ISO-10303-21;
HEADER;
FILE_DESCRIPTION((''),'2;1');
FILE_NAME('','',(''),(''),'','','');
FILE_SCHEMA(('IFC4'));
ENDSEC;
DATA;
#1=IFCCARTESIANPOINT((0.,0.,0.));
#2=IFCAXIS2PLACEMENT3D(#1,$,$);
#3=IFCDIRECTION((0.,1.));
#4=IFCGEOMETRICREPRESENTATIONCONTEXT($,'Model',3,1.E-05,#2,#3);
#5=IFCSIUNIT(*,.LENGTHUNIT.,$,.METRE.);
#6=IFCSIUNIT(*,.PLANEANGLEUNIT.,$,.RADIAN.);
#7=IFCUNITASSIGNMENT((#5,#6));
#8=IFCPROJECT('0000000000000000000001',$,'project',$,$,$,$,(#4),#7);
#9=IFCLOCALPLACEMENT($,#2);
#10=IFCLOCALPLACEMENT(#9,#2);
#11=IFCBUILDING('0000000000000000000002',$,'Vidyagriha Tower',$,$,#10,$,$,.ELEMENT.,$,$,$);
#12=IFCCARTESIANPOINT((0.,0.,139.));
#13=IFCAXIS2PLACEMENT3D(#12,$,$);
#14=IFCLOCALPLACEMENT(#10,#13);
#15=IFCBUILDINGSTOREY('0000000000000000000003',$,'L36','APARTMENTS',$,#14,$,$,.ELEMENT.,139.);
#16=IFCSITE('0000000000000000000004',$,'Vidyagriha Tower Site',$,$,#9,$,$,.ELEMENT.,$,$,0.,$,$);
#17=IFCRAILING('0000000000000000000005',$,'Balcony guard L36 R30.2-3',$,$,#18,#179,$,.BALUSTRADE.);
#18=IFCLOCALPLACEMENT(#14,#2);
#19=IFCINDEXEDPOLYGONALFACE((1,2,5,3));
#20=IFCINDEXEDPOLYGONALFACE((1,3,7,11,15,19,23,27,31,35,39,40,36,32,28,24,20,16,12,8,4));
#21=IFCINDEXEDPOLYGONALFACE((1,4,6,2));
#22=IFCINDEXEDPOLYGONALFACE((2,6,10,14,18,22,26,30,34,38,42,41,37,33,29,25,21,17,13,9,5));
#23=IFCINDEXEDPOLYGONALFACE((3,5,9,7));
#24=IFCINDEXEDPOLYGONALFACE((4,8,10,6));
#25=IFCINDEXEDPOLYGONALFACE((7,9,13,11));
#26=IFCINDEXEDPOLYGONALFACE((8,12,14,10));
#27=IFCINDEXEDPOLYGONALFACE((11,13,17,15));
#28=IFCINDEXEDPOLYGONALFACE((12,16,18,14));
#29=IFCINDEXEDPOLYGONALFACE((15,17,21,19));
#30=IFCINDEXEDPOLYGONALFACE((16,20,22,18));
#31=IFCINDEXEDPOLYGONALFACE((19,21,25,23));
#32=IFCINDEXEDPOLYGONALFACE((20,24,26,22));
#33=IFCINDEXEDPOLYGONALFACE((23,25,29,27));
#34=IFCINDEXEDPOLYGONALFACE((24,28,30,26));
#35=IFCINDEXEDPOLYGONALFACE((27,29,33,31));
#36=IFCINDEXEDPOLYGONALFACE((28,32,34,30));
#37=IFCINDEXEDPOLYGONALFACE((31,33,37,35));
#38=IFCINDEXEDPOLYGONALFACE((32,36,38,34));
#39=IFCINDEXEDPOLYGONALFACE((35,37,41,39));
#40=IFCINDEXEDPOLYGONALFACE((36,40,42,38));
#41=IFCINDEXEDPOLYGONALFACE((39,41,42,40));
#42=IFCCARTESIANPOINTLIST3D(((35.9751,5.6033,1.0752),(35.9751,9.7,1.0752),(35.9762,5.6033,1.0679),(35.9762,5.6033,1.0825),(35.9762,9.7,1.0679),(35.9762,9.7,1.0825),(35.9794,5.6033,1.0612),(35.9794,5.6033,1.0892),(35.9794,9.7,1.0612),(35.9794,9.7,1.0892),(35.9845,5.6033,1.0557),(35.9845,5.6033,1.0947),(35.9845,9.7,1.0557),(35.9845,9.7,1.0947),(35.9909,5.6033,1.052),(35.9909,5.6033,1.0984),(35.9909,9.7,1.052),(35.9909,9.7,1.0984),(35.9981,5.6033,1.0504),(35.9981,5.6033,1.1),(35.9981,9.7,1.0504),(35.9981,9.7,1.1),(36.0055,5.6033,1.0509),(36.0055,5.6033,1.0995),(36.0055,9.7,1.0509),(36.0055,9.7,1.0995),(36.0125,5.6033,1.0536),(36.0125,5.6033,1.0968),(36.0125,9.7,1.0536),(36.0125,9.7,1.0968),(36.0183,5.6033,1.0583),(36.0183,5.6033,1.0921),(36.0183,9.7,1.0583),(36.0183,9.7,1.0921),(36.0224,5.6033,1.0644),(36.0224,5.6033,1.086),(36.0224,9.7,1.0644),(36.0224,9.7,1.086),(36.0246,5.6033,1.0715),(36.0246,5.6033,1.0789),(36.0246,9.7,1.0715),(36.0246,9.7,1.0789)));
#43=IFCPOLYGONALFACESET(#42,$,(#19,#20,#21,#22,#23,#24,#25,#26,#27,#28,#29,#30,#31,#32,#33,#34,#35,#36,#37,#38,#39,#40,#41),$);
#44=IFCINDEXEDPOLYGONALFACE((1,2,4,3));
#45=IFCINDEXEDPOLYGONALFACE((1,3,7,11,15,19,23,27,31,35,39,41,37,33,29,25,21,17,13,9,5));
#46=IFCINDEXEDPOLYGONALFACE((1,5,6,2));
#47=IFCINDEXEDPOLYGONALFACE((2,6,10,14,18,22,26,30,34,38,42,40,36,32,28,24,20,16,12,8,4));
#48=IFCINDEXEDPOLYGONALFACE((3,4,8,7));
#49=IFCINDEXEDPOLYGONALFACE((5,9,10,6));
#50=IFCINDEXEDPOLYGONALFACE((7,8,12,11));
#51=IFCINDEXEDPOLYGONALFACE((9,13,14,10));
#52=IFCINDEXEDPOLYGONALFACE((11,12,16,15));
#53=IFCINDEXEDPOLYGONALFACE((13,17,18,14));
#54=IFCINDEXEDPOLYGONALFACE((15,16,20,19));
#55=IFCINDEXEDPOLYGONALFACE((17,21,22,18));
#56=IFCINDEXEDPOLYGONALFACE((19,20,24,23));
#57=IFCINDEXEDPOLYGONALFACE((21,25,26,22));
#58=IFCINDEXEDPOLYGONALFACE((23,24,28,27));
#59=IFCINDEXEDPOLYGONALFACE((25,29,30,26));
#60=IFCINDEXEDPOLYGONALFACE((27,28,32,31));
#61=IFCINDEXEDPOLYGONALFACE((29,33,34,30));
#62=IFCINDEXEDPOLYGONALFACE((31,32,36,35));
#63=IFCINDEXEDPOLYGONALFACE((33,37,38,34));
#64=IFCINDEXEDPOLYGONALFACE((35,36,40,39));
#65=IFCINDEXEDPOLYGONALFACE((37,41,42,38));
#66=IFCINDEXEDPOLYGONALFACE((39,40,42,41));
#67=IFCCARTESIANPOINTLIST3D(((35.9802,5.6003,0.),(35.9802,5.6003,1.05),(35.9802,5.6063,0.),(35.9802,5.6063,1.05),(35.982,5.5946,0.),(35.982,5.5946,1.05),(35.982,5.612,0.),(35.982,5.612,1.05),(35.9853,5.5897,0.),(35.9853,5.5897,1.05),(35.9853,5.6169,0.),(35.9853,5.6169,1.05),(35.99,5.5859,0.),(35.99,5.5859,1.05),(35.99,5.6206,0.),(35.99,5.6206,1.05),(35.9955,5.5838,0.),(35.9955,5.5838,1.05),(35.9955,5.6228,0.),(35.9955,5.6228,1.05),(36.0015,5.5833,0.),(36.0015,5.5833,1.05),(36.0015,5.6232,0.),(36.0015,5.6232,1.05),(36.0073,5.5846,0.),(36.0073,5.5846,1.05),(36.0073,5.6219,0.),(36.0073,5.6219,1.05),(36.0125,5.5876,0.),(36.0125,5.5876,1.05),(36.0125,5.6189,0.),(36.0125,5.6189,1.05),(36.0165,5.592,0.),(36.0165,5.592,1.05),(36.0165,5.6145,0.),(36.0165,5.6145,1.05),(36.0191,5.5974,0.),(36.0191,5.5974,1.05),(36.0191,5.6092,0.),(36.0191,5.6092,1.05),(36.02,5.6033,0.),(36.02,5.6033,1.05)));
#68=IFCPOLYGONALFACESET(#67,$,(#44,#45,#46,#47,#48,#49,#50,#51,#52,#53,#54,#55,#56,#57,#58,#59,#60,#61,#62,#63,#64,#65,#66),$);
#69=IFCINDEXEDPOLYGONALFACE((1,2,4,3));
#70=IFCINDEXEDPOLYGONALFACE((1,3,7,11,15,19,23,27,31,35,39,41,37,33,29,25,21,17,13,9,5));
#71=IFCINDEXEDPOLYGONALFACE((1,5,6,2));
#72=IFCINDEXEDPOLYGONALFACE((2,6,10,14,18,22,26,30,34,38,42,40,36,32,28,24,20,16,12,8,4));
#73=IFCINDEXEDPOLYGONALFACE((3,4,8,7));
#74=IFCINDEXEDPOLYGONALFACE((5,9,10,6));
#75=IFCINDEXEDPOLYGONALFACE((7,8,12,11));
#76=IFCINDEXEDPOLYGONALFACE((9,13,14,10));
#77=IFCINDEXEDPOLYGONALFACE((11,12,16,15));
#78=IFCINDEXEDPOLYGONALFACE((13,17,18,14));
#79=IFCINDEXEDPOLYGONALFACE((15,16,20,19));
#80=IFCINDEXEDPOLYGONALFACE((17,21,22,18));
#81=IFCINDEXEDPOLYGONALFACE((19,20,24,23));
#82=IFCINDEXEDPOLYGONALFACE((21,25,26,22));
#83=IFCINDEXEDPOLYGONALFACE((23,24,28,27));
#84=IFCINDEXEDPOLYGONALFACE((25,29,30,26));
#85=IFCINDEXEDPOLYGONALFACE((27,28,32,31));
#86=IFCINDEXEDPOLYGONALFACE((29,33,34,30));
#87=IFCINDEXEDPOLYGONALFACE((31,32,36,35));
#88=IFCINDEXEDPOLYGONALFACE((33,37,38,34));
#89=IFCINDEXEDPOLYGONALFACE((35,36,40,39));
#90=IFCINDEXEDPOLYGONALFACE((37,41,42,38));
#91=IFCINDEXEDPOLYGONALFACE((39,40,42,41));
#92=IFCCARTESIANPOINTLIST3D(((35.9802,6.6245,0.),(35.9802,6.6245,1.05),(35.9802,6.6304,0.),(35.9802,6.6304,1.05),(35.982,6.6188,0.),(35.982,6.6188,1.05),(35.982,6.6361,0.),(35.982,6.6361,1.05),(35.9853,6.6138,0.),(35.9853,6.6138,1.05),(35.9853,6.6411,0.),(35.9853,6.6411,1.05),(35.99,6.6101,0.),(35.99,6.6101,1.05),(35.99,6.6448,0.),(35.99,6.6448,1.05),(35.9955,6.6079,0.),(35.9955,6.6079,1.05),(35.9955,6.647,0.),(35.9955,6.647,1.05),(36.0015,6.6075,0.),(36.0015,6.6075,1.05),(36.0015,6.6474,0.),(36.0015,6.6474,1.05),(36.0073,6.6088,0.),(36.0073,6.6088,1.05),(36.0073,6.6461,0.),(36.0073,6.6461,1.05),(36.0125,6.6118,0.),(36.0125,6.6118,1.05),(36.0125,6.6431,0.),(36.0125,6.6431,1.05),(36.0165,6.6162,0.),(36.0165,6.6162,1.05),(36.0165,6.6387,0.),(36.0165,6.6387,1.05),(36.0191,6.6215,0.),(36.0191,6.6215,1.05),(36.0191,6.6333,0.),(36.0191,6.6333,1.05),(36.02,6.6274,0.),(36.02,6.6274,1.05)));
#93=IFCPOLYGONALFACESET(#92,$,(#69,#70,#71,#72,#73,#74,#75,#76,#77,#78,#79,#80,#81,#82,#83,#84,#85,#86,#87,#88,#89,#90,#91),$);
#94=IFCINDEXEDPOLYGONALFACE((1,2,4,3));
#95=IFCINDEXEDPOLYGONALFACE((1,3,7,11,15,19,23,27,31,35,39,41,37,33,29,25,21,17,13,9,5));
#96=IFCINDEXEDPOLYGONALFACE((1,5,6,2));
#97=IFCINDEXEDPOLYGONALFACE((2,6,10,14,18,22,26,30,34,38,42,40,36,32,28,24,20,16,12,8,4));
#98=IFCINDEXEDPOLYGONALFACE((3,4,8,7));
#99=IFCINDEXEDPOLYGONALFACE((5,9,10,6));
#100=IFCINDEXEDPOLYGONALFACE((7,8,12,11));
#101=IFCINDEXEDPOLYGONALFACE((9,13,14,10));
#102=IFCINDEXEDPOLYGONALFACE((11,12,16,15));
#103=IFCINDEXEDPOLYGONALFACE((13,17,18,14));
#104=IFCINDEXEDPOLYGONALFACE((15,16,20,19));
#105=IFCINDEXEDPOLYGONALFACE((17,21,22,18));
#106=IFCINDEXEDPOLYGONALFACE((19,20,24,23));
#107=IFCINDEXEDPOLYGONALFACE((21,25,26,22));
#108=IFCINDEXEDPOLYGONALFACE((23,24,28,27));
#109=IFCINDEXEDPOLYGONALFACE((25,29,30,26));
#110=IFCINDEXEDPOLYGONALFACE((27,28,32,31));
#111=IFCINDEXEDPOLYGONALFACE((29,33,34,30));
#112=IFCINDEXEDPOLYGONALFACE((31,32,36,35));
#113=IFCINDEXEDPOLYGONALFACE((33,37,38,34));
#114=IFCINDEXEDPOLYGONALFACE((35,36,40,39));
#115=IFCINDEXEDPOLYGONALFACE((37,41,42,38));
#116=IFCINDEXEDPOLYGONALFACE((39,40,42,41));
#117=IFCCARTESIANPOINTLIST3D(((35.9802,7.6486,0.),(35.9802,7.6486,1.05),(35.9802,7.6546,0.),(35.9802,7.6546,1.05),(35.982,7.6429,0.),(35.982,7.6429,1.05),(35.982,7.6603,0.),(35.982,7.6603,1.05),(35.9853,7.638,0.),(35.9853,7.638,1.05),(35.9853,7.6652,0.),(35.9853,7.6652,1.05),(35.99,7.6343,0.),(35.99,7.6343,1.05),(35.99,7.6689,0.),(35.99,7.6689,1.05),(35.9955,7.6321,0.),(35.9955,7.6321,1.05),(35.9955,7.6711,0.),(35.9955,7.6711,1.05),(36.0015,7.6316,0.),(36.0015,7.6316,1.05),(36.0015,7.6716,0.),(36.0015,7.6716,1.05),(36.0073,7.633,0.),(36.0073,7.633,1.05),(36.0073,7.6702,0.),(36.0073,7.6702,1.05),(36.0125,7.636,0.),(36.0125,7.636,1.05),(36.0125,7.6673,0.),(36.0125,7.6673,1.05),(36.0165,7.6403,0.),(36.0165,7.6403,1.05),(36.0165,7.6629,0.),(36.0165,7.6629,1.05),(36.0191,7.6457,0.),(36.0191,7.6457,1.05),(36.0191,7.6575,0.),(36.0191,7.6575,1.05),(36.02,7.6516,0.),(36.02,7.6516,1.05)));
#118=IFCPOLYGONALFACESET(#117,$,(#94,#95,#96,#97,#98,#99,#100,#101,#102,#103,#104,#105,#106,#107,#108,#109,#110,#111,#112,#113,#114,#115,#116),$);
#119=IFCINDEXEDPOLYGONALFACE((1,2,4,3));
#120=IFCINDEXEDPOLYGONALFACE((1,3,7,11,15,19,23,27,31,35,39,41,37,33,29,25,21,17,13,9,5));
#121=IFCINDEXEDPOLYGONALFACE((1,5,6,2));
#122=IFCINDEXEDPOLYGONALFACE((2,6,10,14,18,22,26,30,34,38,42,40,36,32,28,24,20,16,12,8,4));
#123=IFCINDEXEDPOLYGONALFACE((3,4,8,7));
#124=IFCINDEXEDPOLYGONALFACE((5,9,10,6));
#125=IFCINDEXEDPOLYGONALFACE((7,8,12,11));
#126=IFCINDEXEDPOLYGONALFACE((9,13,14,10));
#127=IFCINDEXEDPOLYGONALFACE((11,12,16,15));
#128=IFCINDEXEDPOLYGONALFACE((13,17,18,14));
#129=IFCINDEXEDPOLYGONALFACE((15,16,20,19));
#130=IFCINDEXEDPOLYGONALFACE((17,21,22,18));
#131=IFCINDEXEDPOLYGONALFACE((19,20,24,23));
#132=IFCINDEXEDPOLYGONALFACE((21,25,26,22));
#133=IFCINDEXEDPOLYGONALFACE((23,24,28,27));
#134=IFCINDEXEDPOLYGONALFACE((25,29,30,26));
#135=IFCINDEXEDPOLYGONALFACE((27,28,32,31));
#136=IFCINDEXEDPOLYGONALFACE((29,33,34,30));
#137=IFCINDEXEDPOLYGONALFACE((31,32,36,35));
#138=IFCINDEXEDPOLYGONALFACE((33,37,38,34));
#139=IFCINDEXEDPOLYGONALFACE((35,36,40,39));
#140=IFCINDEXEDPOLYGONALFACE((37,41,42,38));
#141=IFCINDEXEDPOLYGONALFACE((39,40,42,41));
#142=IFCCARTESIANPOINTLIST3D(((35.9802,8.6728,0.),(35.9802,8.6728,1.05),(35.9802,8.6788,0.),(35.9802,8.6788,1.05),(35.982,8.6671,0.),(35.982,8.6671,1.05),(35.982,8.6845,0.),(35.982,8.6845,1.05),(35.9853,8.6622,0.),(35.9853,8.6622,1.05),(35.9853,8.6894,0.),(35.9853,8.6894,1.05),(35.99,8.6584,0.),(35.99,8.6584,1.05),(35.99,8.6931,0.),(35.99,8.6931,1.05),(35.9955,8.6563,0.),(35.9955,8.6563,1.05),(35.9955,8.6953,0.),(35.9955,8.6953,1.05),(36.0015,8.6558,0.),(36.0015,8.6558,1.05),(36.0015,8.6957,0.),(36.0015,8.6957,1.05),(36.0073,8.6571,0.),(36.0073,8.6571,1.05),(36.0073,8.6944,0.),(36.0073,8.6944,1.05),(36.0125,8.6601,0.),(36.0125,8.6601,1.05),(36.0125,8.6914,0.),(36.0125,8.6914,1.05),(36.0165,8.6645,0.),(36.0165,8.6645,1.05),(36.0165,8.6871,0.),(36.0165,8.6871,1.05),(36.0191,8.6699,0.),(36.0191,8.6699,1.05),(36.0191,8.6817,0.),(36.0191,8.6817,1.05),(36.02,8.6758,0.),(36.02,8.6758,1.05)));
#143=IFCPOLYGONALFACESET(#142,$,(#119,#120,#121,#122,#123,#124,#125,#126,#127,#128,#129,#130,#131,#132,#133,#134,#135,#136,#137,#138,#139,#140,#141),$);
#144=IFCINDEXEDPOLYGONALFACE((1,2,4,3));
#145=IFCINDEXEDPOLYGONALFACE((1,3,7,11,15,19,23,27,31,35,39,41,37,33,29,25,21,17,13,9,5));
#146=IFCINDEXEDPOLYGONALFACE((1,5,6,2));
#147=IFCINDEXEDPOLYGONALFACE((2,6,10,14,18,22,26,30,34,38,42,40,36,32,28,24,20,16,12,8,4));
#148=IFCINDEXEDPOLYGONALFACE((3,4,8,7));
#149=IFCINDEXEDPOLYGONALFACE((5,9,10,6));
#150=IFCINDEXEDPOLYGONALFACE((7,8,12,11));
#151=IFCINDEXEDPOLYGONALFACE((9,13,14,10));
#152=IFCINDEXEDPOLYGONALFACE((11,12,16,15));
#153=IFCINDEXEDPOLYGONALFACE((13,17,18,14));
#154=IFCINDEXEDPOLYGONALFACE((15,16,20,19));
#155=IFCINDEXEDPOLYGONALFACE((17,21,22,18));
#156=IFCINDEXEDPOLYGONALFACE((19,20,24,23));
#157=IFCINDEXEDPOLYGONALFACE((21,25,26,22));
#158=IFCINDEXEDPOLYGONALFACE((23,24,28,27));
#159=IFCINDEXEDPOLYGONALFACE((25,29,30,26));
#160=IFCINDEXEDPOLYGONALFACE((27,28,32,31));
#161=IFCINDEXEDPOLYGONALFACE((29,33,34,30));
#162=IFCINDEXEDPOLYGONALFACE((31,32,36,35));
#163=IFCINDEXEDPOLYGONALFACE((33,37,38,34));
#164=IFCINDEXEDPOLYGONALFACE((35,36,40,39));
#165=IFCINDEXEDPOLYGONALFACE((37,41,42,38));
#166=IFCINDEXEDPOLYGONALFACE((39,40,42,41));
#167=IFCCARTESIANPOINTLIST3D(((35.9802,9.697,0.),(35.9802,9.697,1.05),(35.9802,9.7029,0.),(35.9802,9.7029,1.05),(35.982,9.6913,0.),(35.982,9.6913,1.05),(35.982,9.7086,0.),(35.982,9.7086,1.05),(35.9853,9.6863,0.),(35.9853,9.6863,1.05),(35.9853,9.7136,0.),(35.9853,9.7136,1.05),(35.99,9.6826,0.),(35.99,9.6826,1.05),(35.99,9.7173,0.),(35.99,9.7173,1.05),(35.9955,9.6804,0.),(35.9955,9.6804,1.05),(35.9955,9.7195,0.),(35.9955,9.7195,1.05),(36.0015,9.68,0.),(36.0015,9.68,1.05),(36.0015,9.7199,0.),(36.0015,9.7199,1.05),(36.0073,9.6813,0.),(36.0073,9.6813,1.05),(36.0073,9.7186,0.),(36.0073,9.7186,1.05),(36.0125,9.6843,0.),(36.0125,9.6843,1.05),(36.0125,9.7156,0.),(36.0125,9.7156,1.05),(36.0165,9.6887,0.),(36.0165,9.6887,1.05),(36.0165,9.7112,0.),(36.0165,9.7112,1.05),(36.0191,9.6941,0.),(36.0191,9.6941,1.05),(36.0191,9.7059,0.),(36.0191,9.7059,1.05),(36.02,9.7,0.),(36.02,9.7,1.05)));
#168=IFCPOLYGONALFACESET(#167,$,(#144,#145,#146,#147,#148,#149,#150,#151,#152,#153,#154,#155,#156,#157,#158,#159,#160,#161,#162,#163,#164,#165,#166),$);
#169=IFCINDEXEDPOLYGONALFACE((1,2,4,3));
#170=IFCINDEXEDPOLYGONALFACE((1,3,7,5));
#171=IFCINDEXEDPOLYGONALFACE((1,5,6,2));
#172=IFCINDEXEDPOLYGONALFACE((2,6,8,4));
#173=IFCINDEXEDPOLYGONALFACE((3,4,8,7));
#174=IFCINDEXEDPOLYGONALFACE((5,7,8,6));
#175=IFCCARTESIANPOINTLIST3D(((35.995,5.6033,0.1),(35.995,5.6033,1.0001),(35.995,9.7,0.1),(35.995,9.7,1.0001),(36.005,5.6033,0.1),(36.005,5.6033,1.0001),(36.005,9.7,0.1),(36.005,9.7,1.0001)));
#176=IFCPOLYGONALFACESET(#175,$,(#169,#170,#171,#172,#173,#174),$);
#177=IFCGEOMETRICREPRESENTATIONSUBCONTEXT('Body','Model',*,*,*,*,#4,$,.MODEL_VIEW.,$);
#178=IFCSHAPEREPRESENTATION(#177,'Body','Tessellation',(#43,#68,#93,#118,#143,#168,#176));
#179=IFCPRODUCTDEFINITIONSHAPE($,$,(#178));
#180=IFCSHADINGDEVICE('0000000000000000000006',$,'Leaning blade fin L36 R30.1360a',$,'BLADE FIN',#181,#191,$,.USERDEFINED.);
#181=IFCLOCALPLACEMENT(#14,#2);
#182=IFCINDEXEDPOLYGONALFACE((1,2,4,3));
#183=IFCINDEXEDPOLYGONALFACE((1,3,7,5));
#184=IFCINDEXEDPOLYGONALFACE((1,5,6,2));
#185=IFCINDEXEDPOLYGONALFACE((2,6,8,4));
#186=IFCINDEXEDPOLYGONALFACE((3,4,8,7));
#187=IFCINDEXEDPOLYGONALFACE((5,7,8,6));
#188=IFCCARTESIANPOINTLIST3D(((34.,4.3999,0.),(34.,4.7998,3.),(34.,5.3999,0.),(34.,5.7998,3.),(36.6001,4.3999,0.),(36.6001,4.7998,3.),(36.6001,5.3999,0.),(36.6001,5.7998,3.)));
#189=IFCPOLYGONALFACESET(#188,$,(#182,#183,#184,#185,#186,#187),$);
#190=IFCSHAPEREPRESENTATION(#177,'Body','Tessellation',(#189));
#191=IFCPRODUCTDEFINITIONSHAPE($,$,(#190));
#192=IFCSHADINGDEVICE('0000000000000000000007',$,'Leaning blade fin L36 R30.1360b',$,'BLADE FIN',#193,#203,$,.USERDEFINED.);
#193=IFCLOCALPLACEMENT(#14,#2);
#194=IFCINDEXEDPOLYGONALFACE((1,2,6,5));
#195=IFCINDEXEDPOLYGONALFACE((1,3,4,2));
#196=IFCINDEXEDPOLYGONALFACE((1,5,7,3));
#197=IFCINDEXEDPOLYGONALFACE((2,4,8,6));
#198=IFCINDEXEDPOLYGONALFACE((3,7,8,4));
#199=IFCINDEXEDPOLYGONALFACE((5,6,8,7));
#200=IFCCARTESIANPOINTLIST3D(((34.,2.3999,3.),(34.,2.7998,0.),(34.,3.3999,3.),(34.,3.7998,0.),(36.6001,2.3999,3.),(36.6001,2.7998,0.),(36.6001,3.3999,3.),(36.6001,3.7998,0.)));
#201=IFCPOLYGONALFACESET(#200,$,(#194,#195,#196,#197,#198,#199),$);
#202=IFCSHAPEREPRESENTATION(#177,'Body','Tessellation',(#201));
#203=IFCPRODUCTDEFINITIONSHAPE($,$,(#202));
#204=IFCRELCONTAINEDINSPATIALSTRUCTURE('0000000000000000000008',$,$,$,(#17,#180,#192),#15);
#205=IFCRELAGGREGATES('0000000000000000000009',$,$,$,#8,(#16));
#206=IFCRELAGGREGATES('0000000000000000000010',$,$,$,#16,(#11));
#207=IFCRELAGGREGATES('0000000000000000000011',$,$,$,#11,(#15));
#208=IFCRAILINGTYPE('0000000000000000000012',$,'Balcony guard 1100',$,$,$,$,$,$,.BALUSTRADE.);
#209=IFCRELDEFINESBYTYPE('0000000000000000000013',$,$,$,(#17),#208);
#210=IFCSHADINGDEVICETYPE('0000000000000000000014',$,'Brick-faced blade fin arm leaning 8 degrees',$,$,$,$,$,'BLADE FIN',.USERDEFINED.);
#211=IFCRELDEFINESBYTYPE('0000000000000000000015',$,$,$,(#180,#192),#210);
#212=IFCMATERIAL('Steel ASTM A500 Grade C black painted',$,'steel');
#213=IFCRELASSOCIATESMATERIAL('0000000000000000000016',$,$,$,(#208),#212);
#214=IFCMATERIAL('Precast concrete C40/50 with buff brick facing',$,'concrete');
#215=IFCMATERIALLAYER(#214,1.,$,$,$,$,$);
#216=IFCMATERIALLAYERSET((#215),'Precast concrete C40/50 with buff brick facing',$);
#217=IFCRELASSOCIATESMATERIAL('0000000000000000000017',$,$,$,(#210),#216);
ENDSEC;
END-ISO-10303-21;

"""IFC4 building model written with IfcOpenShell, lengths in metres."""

from ifc_helpers import new_model, si_unit, direction, frame, origin, origin_2d, place, context, subcontext, project, spatial, polyline, rectangle, circle, outline, extrude, material, layer, layer_set, type_object, element, save


model = new_model("IFC4")

# Units and contexts
model_context = context("Model", 3, precision=1e-05, world=origin(), true_north=direction((0.0, 1.0)))
body_context = subcontext(model_context, "Body", "Model", "MODEL_VIEW")
ifc_project = project(units=[si_unit("LENGTHUNIT", "METRE"), si_unit("PLANEANGLEUNIT", "RADIAN")], contexts=[model_context])

# Site, building, storey
site_placement = place(None, origin())
site = spatial("IfcSite", under=ifc_project, at=site_placement, Name="Vidyagriha Tower Site", CompositionType="ELEMENT", RefElevation=0.0)
building_placement = place(site_placement, origin())
building = spatial("IfcBuilding", under=site, at=building_placement, Name="Vidyagriha Tower", CompositionType="ELEMENT")
storey_placement = place(building_placement, frame((0.0, 0.0, 139.0)))
storey = spatial("IfcBuildingStorey", under=building, at=storey_placement, Name="L36", Description="APARTMENTS", CompositionType="ELEMENT", Elevation=139.0)

# Railing
ifc_material_1 = material(Name="Steel ASTM A500 Grade C black painted", Category="steel")
railing_type_1 = type_object("IfcRailingType", Name="Balcony guard 1100", PredefinedType="BALUSTRADE", material=ifc_material_1)
railing_1_placement = place(storey_placement, frame((36.0, 5.6033, 0.0)))
element("IfcRailing", 1, at=railing_1_placement, inside=storey, type_object=railing_type_1, Name="Balcony guard L36 R30.2-3", PredefinedType="BALUSTRADE", context=body_context, shape_type="SweptSolid", body=[
    extrude(circle(Radius=0.0249, at=origin_2d()), frame((0.0, 0.0, 1.0752), z_axis=(0.0, 1.0, 0.0), x_axis=(-1.0, 0.0, 0.0)), (0.0, 0.0, 1.0), 4.0967),
    extrude(circle(Radius=0.02, at=origin_2d()), origin(), (0.0, 0.0, 1.0), 1.05),
    extrude(circle(Radius=0.02, at=origin_2d()), frame((0.0, 1.0242, 0.0)), (0.0, 0.0, 1.0), 1.05),
    extrude(circle(Radius=0.02, at=origin_2d()), frame((0.0, 2.0483, 0.0)), (0.0, 0.0, 1.0), 1.05),
    extrude(circle(Radius=0.02, at=origin_2d()), frame((0.0, 3.0725, 0.0)), (0.0, 0.0, 1.0), 1.05),
    extrude(circle(Radius=0.02, at=origin_2d()), frame((0.0, 4.0967, 0.0)), (0.0, 0.0, 1.0), 1.05),
    extrude(rectangle(XDim=0.01, YDim=0.9001, at=origin_2d()), frame((0.0, 0.0, 0.55), z_axis=(0.0, 1.0, 0.0), x_axis=(-1.0, 0.0, 0.0)), (0.0, 0.0, 1.0), 4.0967),
])

# Shading devices
ifc_material_2 = material(Name="Precast concrete C40/50 with buff brick facing", Category="concrete")
ifc_layer_1 = layer(ifc_material_2, 1.0)
ifc_layer_set_1 = layer_set([ifc_layer_1], Name="Precast concrete C40/50 with buff brick facing")
shading_device_type_1 = type_object("IfcShadingDeviceType", Name="Brick-faced blade fin arm leaning 8 degrees", ElementType="BLADE FIN", PredefinedType="USERDEFINED", material=ifc_layer_set_1)
shading_device_1_placement = place(storey_placement, frame((35.3, 4.3999, 0.0), z_axis=(0.0, 0.0, 1.0), x_axis=(0.0, 1.0, 0.0)))
element("IfcShadingDevice", 2, at=shading_device_1_placement, inside=storey, type_object=shading_device_type_1, Name="Leaning blade fin L36 R30.1360a", ObjectType="BLADE FIN", PredefinedType="USERDEFINED", context=body_context, shape_type="SweptSolid", body=[
    extrude(outline(polyline([(0.0, 0.0), (1.0, 0.0), (1.3999, 3.0), (0.3999, 3.0), (0.0, 0.0)])), frame((0.0, 1.3, 0.0), z_axis=(0.0, -1.0, 0.0), x_axis=(1.0, 0.0, 0.0)), (0.0, 0.0, 1.0), 2.6001),
])
shading_device_2_placement = place(storey_placement, frame((35.3, 2.3999, 0.0), z_axis=(0.0, 0.0, 1.0), x_axis=(0.0, 1.0, 0.0)))
element("IfcShadingDevice", 3, at=shading_device_2_placement, inside=storey, type_object=shading_device_type_1, Name="Leaning blade fin L36 R30.1360b", ObjectType="BLADE FIN", PredefinedType="USERDEFINED", context=body_context, shape_type="SweptSolid", body=[
    extrude(outline(polyline([(0.3999, 0.0), (1.3999, 0.0), (1.0, 3.0), (0.0, 3.0), (0.3999, 0.0)])), frame((0.0, 1.3, 0.0), z_axis=(0.0, -1.0, 0.0), x_axis=(1.0, 0.0, 0.0)), (0.0, 0.0, 1.0), 2.6001),
])

save(model, "model.ifc")
